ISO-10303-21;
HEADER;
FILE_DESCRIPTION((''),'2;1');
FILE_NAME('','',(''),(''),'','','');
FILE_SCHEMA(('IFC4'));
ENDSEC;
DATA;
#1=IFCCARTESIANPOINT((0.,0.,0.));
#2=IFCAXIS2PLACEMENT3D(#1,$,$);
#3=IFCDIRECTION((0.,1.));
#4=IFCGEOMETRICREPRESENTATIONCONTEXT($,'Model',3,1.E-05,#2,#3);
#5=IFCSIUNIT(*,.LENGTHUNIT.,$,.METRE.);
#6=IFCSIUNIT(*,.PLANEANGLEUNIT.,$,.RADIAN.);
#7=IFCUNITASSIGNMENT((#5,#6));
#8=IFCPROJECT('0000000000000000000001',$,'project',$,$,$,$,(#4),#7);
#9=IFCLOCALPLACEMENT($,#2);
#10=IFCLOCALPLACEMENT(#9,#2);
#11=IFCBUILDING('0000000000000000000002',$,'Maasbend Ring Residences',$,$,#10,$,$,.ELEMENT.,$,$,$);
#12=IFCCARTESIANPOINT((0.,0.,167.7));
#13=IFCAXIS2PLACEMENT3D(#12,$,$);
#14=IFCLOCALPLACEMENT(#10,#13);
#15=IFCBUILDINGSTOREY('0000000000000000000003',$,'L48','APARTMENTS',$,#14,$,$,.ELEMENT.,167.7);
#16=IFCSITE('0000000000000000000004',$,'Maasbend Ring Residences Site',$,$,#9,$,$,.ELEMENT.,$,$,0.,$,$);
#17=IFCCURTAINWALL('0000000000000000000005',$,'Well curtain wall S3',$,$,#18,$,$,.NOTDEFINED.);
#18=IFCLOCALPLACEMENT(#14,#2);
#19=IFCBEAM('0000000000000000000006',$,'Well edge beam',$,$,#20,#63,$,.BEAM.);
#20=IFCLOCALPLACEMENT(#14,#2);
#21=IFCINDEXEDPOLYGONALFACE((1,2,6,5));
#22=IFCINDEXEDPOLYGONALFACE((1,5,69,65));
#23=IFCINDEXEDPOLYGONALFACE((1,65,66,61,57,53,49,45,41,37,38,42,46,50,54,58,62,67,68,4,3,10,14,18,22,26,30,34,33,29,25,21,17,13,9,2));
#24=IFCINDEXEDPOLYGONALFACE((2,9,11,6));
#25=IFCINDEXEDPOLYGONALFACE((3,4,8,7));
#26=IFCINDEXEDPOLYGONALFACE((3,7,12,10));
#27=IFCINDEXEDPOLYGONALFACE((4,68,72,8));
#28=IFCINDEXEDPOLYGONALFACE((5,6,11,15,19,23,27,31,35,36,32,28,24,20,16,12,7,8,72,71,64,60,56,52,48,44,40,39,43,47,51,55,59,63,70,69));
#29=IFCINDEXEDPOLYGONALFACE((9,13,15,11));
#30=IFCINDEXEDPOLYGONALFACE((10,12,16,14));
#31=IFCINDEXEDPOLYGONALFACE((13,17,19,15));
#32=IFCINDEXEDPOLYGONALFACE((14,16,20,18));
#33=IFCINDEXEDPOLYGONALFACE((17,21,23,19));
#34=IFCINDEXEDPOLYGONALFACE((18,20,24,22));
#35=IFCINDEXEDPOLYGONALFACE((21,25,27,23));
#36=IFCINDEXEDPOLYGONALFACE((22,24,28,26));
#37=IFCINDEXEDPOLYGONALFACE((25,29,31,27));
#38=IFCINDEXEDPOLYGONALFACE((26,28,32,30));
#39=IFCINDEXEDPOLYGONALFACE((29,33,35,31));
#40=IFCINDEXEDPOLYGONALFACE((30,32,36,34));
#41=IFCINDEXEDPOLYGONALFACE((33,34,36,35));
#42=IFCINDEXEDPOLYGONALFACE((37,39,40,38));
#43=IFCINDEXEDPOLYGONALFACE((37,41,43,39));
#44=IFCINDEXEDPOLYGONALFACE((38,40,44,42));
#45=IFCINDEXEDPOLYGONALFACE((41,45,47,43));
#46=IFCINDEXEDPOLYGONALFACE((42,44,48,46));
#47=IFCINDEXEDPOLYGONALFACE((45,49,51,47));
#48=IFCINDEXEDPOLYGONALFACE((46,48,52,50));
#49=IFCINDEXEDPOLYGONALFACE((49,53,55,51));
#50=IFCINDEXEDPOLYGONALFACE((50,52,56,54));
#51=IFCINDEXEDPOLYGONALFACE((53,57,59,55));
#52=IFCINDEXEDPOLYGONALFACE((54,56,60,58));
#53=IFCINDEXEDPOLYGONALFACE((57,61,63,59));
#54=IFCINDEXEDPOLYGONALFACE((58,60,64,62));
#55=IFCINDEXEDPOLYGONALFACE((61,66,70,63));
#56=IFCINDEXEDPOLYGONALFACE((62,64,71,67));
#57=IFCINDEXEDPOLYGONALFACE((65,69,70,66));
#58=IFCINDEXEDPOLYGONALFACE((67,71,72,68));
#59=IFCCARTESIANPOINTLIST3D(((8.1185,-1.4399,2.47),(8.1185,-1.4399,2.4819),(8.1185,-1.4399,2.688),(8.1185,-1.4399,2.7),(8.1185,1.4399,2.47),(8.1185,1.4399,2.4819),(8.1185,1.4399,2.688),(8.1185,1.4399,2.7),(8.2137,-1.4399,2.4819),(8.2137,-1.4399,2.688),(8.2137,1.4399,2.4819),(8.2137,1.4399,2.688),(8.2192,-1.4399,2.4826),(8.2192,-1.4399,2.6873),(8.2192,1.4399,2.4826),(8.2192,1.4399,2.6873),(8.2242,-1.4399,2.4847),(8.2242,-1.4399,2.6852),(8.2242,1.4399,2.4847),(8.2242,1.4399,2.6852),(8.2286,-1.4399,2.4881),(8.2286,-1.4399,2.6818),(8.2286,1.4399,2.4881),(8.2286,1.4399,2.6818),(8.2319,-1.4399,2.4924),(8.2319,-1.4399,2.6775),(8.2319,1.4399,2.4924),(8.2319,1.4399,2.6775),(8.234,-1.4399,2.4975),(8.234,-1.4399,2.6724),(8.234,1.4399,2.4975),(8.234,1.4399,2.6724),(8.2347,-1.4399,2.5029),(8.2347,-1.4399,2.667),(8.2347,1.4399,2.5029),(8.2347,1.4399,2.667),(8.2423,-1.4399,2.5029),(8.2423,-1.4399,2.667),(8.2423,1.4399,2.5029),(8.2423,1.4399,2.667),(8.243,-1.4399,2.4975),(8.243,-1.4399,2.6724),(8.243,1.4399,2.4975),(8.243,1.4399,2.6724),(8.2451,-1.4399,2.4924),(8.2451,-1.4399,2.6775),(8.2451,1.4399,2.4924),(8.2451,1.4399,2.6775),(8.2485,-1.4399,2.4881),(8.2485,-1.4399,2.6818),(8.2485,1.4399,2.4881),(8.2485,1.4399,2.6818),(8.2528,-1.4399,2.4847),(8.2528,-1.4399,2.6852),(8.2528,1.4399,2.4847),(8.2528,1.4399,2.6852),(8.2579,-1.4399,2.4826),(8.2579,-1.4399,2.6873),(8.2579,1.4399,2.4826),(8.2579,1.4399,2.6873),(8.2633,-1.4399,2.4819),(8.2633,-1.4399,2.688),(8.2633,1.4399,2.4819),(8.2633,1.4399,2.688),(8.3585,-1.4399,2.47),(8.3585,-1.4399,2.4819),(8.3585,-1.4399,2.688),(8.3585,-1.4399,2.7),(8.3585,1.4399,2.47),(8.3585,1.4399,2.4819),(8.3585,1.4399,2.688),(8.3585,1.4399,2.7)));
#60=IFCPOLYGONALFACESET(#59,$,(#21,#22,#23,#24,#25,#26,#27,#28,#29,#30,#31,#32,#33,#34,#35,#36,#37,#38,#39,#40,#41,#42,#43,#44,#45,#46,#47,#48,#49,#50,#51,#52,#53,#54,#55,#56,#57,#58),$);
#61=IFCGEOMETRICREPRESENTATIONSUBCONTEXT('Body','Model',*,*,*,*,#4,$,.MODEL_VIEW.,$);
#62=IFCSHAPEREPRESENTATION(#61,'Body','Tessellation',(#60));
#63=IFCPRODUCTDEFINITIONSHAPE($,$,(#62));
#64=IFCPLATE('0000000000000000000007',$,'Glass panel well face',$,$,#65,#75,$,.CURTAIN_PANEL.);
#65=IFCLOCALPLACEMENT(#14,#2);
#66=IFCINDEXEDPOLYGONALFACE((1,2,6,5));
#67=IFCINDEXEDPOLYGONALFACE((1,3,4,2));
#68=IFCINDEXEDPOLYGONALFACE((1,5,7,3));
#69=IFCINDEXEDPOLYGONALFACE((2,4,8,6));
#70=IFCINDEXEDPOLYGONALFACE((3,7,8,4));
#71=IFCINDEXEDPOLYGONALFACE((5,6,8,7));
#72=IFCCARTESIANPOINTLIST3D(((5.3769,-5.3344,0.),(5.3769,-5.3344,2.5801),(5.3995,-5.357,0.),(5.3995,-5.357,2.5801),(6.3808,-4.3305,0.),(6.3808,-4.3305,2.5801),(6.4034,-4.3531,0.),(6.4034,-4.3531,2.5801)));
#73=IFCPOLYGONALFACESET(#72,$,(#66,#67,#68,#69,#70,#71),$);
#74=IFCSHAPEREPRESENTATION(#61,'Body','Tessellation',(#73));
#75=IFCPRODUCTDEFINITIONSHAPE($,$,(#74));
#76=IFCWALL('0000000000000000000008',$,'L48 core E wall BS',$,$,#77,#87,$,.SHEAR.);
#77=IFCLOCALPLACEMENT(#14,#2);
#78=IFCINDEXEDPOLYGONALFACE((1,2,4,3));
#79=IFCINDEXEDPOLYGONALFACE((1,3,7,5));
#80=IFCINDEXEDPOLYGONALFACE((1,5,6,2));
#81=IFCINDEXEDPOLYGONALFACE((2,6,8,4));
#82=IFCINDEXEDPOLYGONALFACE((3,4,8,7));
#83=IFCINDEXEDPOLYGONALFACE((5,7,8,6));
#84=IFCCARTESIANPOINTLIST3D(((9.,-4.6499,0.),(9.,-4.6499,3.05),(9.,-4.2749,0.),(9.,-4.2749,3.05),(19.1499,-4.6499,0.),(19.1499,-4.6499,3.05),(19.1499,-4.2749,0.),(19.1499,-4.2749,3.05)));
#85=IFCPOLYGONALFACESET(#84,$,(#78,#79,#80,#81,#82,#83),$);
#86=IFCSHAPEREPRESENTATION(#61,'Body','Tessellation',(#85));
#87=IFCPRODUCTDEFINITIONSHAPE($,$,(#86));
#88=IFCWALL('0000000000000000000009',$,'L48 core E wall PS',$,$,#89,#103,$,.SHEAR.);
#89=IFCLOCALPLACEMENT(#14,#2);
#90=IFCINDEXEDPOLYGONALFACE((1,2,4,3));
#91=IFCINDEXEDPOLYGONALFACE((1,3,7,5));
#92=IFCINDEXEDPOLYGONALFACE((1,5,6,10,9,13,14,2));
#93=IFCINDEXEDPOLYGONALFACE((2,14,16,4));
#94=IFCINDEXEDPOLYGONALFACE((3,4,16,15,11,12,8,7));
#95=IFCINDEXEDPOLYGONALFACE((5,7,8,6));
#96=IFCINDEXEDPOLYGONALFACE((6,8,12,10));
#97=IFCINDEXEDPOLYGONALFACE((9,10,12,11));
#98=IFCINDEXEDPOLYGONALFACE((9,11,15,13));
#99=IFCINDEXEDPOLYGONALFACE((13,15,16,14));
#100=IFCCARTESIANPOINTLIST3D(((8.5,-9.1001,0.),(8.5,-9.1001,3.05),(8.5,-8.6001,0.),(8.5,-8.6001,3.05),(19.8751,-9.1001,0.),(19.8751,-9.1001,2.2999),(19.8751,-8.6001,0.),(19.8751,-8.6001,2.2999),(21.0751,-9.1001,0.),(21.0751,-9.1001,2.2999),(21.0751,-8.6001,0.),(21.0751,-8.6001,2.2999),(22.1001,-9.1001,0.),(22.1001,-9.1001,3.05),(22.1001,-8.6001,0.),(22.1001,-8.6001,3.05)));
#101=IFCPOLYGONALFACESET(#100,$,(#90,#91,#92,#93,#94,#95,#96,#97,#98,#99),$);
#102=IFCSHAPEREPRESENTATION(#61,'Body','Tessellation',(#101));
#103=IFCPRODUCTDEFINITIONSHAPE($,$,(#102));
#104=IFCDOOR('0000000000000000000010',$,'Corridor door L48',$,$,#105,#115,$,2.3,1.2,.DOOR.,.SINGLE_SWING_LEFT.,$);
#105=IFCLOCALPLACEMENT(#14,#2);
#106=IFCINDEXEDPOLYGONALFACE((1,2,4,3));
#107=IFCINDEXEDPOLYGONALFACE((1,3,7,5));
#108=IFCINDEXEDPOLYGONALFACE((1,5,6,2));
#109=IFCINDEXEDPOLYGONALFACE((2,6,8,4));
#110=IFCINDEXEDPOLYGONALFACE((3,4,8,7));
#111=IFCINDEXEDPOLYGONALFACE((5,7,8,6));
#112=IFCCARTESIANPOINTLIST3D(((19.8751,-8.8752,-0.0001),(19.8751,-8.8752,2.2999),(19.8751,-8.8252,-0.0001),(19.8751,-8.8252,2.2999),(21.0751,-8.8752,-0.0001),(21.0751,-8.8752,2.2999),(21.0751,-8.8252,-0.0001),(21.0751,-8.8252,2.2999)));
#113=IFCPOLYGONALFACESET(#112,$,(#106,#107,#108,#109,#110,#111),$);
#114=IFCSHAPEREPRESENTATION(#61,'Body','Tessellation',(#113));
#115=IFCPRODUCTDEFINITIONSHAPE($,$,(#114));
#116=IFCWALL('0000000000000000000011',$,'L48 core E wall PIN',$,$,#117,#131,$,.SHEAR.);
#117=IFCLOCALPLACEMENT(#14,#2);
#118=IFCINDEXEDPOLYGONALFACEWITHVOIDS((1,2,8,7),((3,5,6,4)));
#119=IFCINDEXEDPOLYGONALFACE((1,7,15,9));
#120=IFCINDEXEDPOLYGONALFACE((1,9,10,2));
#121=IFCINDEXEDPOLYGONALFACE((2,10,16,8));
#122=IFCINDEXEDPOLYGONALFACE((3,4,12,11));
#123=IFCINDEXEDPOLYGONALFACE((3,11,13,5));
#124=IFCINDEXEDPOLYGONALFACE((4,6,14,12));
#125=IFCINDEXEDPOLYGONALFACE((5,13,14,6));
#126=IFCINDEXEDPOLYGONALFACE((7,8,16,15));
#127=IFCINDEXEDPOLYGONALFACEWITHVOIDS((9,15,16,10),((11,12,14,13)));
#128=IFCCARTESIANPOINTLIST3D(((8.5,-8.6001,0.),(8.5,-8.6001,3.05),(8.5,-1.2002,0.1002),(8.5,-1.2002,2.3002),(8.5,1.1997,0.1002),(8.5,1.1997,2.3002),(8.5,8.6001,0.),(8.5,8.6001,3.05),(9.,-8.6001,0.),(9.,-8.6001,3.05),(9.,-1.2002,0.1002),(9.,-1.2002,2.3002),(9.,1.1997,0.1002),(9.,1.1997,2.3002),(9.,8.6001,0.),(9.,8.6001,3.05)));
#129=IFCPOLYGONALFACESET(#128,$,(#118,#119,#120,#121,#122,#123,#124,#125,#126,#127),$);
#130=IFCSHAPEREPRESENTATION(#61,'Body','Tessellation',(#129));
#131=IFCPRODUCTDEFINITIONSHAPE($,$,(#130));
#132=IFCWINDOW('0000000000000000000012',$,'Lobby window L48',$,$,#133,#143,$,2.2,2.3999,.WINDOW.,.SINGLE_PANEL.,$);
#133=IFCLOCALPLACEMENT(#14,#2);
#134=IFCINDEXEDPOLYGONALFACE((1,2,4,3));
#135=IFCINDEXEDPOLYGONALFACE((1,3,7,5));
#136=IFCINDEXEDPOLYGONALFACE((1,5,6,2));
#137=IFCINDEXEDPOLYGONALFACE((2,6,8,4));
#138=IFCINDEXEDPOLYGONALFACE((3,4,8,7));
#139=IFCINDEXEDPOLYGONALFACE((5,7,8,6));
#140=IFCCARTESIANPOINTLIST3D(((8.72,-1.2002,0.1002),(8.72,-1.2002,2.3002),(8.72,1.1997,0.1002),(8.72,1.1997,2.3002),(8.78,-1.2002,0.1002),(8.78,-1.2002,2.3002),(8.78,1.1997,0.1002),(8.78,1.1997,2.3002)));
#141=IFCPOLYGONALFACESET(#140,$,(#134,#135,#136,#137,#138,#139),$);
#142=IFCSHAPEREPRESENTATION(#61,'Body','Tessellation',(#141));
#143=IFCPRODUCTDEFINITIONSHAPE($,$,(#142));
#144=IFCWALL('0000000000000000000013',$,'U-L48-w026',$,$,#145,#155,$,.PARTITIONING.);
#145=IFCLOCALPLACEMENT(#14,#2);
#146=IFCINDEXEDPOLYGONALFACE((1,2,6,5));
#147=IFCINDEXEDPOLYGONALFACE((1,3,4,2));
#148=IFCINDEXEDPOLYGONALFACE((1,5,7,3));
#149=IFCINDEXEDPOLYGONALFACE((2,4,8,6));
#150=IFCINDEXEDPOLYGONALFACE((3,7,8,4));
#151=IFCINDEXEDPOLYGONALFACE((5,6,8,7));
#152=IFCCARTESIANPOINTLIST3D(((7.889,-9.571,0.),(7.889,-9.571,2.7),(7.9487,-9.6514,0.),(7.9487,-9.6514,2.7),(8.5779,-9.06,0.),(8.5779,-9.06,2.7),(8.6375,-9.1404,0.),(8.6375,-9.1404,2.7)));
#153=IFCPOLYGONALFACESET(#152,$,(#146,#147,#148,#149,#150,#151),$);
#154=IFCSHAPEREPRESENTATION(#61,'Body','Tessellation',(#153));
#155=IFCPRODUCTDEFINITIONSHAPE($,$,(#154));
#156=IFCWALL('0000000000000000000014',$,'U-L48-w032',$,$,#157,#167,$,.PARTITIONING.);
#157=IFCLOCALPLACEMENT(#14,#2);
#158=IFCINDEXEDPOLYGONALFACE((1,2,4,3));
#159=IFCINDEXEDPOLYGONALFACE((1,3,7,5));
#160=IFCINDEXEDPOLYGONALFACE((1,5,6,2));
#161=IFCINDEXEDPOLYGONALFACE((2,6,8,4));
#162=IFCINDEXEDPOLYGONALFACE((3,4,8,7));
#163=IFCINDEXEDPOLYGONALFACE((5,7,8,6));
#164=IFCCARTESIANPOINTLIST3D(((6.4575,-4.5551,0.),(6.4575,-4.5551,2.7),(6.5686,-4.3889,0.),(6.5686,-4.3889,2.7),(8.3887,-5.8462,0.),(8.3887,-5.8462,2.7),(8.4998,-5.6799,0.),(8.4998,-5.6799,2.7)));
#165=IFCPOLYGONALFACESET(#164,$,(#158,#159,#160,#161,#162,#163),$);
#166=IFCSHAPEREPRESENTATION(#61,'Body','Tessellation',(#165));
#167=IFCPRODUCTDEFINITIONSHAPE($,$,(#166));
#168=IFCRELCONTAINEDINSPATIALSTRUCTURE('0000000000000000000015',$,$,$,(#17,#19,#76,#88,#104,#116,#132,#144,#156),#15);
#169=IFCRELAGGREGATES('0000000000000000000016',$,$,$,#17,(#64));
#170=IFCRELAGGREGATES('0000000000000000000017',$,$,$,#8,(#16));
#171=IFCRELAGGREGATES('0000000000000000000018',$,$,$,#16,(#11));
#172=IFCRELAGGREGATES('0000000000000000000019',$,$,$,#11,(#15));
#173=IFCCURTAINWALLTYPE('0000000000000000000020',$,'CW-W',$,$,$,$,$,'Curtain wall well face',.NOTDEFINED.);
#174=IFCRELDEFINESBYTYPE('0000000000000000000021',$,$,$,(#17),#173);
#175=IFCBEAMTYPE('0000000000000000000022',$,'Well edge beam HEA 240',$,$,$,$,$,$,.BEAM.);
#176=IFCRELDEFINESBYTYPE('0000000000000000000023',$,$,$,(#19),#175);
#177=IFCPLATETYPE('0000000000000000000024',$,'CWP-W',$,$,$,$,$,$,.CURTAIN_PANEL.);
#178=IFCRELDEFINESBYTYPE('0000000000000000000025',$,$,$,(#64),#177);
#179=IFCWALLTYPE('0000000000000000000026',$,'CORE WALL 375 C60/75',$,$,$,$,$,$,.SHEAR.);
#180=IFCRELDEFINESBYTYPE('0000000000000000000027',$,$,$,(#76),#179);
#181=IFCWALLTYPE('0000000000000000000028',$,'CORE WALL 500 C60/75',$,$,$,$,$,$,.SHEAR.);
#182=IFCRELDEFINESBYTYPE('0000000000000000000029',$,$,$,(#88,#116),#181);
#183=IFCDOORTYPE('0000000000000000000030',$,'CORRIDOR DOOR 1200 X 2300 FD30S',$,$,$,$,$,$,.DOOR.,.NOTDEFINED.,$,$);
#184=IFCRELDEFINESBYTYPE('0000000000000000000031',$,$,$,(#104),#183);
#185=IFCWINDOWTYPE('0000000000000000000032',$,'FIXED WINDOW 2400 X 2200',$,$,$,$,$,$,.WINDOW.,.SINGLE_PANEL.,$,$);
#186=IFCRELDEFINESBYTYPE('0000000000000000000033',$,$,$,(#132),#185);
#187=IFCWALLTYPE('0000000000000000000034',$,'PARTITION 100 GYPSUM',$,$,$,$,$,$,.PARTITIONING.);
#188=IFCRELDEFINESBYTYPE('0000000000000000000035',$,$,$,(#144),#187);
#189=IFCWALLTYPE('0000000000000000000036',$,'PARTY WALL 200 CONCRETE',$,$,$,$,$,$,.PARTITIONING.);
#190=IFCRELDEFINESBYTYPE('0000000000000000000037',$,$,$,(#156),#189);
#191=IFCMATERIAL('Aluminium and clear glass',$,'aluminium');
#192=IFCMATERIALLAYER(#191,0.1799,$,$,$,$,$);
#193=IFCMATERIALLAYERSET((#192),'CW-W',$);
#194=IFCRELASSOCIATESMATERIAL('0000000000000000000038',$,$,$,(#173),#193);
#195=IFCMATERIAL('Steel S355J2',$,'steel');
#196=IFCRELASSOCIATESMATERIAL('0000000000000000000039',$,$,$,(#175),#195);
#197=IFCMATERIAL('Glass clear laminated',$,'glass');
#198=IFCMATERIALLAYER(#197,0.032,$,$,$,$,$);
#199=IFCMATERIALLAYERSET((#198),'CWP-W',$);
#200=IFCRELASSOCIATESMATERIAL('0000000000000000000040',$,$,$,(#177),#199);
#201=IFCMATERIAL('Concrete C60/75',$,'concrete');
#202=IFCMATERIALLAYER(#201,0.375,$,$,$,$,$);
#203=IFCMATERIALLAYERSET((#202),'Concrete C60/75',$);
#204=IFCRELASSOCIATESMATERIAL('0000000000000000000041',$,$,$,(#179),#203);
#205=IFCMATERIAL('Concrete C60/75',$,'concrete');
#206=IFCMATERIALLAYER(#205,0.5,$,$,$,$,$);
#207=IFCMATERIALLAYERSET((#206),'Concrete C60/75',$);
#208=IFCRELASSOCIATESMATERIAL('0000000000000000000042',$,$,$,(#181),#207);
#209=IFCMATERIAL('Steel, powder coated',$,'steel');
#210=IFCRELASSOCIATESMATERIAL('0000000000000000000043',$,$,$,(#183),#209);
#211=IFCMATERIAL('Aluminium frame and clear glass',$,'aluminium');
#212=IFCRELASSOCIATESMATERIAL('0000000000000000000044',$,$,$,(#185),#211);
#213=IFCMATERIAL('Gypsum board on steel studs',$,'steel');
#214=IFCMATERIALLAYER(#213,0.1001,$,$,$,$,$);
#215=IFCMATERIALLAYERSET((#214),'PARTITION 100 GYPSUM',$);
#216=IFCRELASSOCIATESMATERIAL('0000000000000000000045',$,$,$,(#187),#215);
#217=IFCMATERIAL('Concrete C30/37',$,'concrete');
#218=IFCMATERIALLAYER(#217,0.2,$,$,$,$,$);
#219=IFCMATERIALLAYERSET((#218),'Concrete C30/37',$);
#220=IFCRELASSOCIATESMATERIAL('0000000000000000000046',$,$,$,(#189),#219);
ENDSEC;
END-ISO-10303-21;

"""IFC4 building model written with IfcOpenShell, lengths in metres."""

from ifc_helpers import new_model, si_unit, direction, frame, frame_2d, origin, origin_2d, place, context, subcontext, project, spatial, rectangle, i_section, extrude, material, layer, layer_set, material_profile, profile_set, type_object, element, fill, aggregate, save


model = new_model("IFC4")

# Units and contexts
model_context = context("Model", 3, precision=1e-05, world=origin(), true_north=direction((0.0, 1.0)))
body_context = subcontext(model_context, "Body", "Model", "MODEL_VIEW")
ifc_project = project(units=[si_unit("LENGTHUNIT", "METRE"), si_unit("PLANEANGLEUNIT", "RADIAN")], contexts=[model_context])

# Site, building, storey
site_placement = place(None, origin())
site = spatial("IfcSite", under=ifc_project, at=site_placement, Name="Maasbend Ring Residences Site", CompositionType="ELEMENT", RefElevation=0.0)
building_placement = place(site_placement, origin())
building = spatial("IfcBuilding", under=site, at=building_placement, Name="Maasbend Ring Residences", CompositionType="ELEMENT")
storey_placement = place(building_placement, frame((0.0, 0.0, 167.7)))
storey = spatial("IfcBuildingStorey", under=building, at=storey_placement, Name="L48", Description="APARTMENTS", CompositionType="ELEMENT", Elevation=167.7)

# Curtain wall
ifc_material_1 = material(Name="Aluminium and clear glass", Category="aluminium")
ifc_layer_1 = layer(ifc_material_1, 0.1799)
ifc_layer_set_1 = layer_set([ifc_layer_1], Name="CW-W")
curtain_wall_type = type_object("IfcCurtainWallType", Name="CW-W", ElementType="Curtain wall well face", PredefinedType="NOTDEFINED", material=ifc_layer_set_1)
curtain_wall_placement = place(storey_placement, origin())
curtain_wall = element("IfcCurtainWall", 1, at=curtain_wall_placement, inside=storey, type_object=curtain_wall_type, Name="Well curtain wall S3", PredefinedType="NOTDEFINED")

# Beam
ifc_material_2 = material(Name="Steel S355J2", Category="steel")
ifc_material_profile_1 = material_profile(ifc_material_2, i_section(OverallWidth=0.24, OverallDepth=0.23, WebThickness=0.0076, FlangeThickness=0.012, FilletRadius=0.021, at=origin_2d()), Name="HEA 240")
ifc_profile_set_1 = profile_set([ifc_material_profile_1], Name="Steel S355J2")
beam_type = type_object("IfcBeamType", Name="Well edge beam HEA 240", PredefinedType="BEAM", material=ifc_profile_set_1)
for number, where, z_axis, x_axis, name in (
    (2, (8.2385, -1.4399, 2.585), (0.0, 1.0, 0.0), (-1.0, 0.0, 0.0), "Well edge beam"),
):
    element("IfcBeam", number, at=place(storey_placement, frame(where, z_axis=z_axis, x_axis=x_axis)), inside=storey, type_object=beam_type, Name=name, PredefinedType="BEAM", context=body_context, shape_type="SweptSolid", body=[
        extrude(i_section(OverallWidth=0.24, OverallDepth=0.23, WebThickness=0.0076, FlangeThickness=0.012, FilletRadius=0.021, at=origin_2d()), origin(), (0.0, 0.0, 1.0), 2.8799),
    ])

# Plate
ifc_material_3 = material(Name="Glass clear laminated", Category="glass")
ifc_layer_2 = layer(ifc_material_3, 0.032)
ifc_layer_set_2 = layer_set([ifc_layer_2], Name="CWP-W")
plate_type = type_object("IfcPlateType", Name="CWP-W", PredefinedType="CURTAIN_PANEL", material=ifc_layer_set_2)
plate_placement = place(storey_placement, frame((5.8901, -4.8438, 0.0), z_axis=(0.0, 0.0, 1.0), x_axis=(0.707107, 0.707107, 0.0)))
plate = element("IfcPlate", 3, at=plate_placement, type_object=plate_type, Name="Glass panel well face", PredefinedType="CURTAIN_PANEL", context=body_context, shape_type="SweptSolid", body=[
    extrude(rectangle(XDim=1.4197, YDim=0.032, at=origin_2d()), origin(), (0.0, 0.0, 1.0), 2.5801),
])
aggregate(curtain_wall, [plate])

# Wall
ifc_material_4 = material(Name="Concrete C60/75", Category="concrete")
ifc_layer_3 = layer(ifc_material_4, 0.375)
ifc_layer_set_3 = layer_set([ifc_layer_3], Name="Concrete C60/75")
wall_type_1 = type_object("IfcWallType", Name="CORE WALL 375 C60/75", PredefinedType="SHEAR", material=ifc_layer_set_3)
wall_1_placement = place(storey_placement, frame((9.0, -4.4624, 0.0), z_axis=(0.0, 0.0, 1.0), x_axis=(1.0, 0.0, 0.0)))
element("IfcWall", 4, at=wall_1_placement, inside=storey, type_object=wall_type_1, Name="L48 core E wall BS", PredefinedType="SHEAR", context=body_context, shape_type="SweptSolid", body=[
    extrude(rectangle(XDim=10.1499, YDim=0.375, at=frame_2d((5.075, 0.0))), origin(), (0.0, 0.0, 1.0), 3.05),
])

# Wall, opening, door
ifc_material_5 = material(Name="Concrete C60/75", Category="concrete")
ifc_layer_4 = layer(ifc_material_5, 0.5)
ifc_layer_set_4 = layer_set([ifc_layer_4], Name="Concrete C60/75")
wall_type_2 = type_object("IfcWallType", Name="CORE WALL 500 C60/75", PredefinedType="SHEAR", material=ifc_layer_set_4)
wall_2_placement = place(storey_placement, frame((8.5, -8.8501, 0.0), z_axis=(0.0, 0.0, 1.0), x_axis=(1.0, 0.0, 0.0)))
wall_2 = element("IfcWall", 5, at=wall_2_placement, inside=storey, type_object=wall_type_2, Name="L48 core E wall PS", PredefinedType="SHEAR", context=body_context, shape_type="SweptSolid", body=[
    extrude(rectangle(XDim=13.6001, YDim=0.5, at=frame_2d((6.8, 0.0))), origin(), (0.0, 0.0, 1.0), 3.05),
])
opening_1_placement = place(wall_2_placement, frame((11.375, 0.0, 0.0)))
opening_1 = element("IfcOpeningElement", 6, at=opening_1_placement, cuts=wall_2, PredefinedType="OPENING", context=body_context, shape_type="SweptSolid", body=[
    extrude(rectangle(XDim=1.2, YDim=2.3, at=frame_2d((0.6001, 1.1499))), frame((0.0, 0.26, 0.0), z_axis=(0.0, -1.0, 0.0), x_axis=(1.0, 0.0, 0.0)), (0.0, 0.0, 1.0), 0.52),
])
ifc_material_6 = material(Name="Steel, powder coated", Category="steel")
door_type = type_object("IfcDoorType", Name="CORRIDOR DOOR 1200 X 2300 FD30S", OperationType="NOTDEFINED", PredefinedType="DOOR", material=ifc_material_6)
door_placement = place(opening_1_placement, origin())
door = element("IfcDoor", 7, at=door_placement, inside=storey, type_object=door_type, Name="Corridor door L48", OperationType="SINGLE_SWING_LEFT", OverallHeight=2.3, OverallWidth=1.2, PredefinedType="DOOR", context=body_context, shape_type="SweptSolid", body=[
    extrude(rectangle(XDim=1.2, YDim=2.3, at=frame_2d((0.6001, 1.1499))), frame((0.0, 0.0249, 0.0), z_axis=(0.0, -1.0, 0.0), x_axis=(1.0, 0.0, 0.0)), (0.0, 0.0, 1.0), 0.05),
])
fill(opening_1, door)

# Wall, opening, window
wall_3_placement = place(storey_placement, frame((8.75, -8.6001, 0.0), z_axis=(0.0, 0.0, 1.0), x_axis=(0.0, 1.0, 0.0)))
wall_3 = element("IfcWall", 8, at=wall_3_placement, inside=storey, type_object=wall_type_2, Name="L48 core E wall PIN", PredefinedType="SHEAR", context=body_context, shape_type="SweptSolid", body=[
    extrude(rectangle(XDim=17.2002, YDim=0.5, at=frame_2d((8.6001, 0.0))), origin(), (0.0, 0.0, 1.0), 3.05),
])
opening_2_placement = place(wall_3_placement, frame((7.3999, 0.0, 0.1001)))
opening_2 = element("IfcOpeningElement", 9, at=opening_2_placement, cuts=wall_3, PredefinedType="OPENING", context=body_context, shape_type="SweptSolid", body=[
    extrude(rectangle(XDim=2.3999, YDim=2.2, at=frame_2d((1.2, 1.1001))), frame((0.0, 0.26, 0.0), z_axis=(0.0, -1.0, 0.0), x_axis=(1.0, 0.0, 0.0)), (0.0, 0.0, 1.0), 0.52),
])
ifc_material_7 = material(Name="Aluminium frame and clear glass", Category="aluminium")
window_type = type_object("IfcWindowType", Name="FIXED WINDOW 2400 X 2200", PartitioningType="SINGLE_PANEL", PredefinedType="WINDOW", material=ifc_material_7)
window_placement = place(opening_2_placement, origin())
window = element("IfcWindow", 10, at=window_placement, inside=storey, type_object=window_type, Name="Lobby window L48", OverallHeight=2.2, OverallWidth=2.3999, PartitioningType="SINGLE_PANEL", PredefinedType="WINDOW", context=body_context, shape_type="SweptSolid", body=[
    extrude(rectangle(XDim=2.3999, YDim=2.2, at=frame_2d((1.2, 1.1001))), frame((0.0, 0.03, 0.0), z_axis=(0.0, -1.0, 0.0), x_axis=(1.0, 0.0, 0.0)), (0.0, 0.0, 1.0), 0.0601),
])
fill(opening_2, window)

# Walls
ifc_material_8 = material(Name="Gypsum board on steel studs", Category="steel")
ifc_layer_5 = layer(ifc_material_8, 0.1001)
ifc_layer_set_5 = layer_set([ifc_layer_5], Name="PARTITION 100 GYPSUM")
wall_type_3 = type_object("IfcWallType", Name="PARTITION 100 GYPSUM", PredefinedType="PARTITIONING", material=ifc_layer_set_5)
wall_4_placement = place(storey_placement, frame((7.9189, -9.6111, 0.0), z_axis=(0.0, 0.0, 1.0), x_axis=(0.803199, 0.595711, 0.0)))
element("IfcWall", 11, at=wall_4_placement, inside=storey, type_object=wall_type_3, Name="U-L48-w026", PredefinedType="PARTITIONING", context=body_context, shape_type="SweptSolid", body=[
    extrude(rectangle(XDim=0.8577, YDim=0.1001, at=frame_2d((0.4287, 0.0))), origin(), (0.0, 0.0, 1.0), 2.7),
])
ifc_material_9 = material(Name="Concrete C30/37", Category="concrete")
ifc_layer_6 = layer(ifc_material_9, 0.2)
ifc_layer_set_6 = layer_set([ifc_layer_6], Name="Concrete C30/37")
wall_type_4 = type_object("IfcWallType", Name="PARTY WALL 200 CONCRETE", PredefinedType="PARTITIONING", material=ifc_layer_set_6)
wall_5_placement = place(storey_placement, frame((6.5129, -4.4719, 0.0), z_axis=(0.0, 0.0, 1.0), x_axis=(0.831338, -0.555767, 0.0)))
element("IfcWall", 12, at=wall_5_placement, inside=storey, type_object=wall_type_4, Name="U-L48-w032", PredefinedType="PARTITIONING", context=body_context, shape_type="SweptSolid", body=[
    extrude(rectangle(XDim=2.323, YDim=0.2, at=frame_2d((1.1616, 0.0))), origin(), (0.0, 0.0, 1.0), 2.7),
])

save(model, "model.ifc")
